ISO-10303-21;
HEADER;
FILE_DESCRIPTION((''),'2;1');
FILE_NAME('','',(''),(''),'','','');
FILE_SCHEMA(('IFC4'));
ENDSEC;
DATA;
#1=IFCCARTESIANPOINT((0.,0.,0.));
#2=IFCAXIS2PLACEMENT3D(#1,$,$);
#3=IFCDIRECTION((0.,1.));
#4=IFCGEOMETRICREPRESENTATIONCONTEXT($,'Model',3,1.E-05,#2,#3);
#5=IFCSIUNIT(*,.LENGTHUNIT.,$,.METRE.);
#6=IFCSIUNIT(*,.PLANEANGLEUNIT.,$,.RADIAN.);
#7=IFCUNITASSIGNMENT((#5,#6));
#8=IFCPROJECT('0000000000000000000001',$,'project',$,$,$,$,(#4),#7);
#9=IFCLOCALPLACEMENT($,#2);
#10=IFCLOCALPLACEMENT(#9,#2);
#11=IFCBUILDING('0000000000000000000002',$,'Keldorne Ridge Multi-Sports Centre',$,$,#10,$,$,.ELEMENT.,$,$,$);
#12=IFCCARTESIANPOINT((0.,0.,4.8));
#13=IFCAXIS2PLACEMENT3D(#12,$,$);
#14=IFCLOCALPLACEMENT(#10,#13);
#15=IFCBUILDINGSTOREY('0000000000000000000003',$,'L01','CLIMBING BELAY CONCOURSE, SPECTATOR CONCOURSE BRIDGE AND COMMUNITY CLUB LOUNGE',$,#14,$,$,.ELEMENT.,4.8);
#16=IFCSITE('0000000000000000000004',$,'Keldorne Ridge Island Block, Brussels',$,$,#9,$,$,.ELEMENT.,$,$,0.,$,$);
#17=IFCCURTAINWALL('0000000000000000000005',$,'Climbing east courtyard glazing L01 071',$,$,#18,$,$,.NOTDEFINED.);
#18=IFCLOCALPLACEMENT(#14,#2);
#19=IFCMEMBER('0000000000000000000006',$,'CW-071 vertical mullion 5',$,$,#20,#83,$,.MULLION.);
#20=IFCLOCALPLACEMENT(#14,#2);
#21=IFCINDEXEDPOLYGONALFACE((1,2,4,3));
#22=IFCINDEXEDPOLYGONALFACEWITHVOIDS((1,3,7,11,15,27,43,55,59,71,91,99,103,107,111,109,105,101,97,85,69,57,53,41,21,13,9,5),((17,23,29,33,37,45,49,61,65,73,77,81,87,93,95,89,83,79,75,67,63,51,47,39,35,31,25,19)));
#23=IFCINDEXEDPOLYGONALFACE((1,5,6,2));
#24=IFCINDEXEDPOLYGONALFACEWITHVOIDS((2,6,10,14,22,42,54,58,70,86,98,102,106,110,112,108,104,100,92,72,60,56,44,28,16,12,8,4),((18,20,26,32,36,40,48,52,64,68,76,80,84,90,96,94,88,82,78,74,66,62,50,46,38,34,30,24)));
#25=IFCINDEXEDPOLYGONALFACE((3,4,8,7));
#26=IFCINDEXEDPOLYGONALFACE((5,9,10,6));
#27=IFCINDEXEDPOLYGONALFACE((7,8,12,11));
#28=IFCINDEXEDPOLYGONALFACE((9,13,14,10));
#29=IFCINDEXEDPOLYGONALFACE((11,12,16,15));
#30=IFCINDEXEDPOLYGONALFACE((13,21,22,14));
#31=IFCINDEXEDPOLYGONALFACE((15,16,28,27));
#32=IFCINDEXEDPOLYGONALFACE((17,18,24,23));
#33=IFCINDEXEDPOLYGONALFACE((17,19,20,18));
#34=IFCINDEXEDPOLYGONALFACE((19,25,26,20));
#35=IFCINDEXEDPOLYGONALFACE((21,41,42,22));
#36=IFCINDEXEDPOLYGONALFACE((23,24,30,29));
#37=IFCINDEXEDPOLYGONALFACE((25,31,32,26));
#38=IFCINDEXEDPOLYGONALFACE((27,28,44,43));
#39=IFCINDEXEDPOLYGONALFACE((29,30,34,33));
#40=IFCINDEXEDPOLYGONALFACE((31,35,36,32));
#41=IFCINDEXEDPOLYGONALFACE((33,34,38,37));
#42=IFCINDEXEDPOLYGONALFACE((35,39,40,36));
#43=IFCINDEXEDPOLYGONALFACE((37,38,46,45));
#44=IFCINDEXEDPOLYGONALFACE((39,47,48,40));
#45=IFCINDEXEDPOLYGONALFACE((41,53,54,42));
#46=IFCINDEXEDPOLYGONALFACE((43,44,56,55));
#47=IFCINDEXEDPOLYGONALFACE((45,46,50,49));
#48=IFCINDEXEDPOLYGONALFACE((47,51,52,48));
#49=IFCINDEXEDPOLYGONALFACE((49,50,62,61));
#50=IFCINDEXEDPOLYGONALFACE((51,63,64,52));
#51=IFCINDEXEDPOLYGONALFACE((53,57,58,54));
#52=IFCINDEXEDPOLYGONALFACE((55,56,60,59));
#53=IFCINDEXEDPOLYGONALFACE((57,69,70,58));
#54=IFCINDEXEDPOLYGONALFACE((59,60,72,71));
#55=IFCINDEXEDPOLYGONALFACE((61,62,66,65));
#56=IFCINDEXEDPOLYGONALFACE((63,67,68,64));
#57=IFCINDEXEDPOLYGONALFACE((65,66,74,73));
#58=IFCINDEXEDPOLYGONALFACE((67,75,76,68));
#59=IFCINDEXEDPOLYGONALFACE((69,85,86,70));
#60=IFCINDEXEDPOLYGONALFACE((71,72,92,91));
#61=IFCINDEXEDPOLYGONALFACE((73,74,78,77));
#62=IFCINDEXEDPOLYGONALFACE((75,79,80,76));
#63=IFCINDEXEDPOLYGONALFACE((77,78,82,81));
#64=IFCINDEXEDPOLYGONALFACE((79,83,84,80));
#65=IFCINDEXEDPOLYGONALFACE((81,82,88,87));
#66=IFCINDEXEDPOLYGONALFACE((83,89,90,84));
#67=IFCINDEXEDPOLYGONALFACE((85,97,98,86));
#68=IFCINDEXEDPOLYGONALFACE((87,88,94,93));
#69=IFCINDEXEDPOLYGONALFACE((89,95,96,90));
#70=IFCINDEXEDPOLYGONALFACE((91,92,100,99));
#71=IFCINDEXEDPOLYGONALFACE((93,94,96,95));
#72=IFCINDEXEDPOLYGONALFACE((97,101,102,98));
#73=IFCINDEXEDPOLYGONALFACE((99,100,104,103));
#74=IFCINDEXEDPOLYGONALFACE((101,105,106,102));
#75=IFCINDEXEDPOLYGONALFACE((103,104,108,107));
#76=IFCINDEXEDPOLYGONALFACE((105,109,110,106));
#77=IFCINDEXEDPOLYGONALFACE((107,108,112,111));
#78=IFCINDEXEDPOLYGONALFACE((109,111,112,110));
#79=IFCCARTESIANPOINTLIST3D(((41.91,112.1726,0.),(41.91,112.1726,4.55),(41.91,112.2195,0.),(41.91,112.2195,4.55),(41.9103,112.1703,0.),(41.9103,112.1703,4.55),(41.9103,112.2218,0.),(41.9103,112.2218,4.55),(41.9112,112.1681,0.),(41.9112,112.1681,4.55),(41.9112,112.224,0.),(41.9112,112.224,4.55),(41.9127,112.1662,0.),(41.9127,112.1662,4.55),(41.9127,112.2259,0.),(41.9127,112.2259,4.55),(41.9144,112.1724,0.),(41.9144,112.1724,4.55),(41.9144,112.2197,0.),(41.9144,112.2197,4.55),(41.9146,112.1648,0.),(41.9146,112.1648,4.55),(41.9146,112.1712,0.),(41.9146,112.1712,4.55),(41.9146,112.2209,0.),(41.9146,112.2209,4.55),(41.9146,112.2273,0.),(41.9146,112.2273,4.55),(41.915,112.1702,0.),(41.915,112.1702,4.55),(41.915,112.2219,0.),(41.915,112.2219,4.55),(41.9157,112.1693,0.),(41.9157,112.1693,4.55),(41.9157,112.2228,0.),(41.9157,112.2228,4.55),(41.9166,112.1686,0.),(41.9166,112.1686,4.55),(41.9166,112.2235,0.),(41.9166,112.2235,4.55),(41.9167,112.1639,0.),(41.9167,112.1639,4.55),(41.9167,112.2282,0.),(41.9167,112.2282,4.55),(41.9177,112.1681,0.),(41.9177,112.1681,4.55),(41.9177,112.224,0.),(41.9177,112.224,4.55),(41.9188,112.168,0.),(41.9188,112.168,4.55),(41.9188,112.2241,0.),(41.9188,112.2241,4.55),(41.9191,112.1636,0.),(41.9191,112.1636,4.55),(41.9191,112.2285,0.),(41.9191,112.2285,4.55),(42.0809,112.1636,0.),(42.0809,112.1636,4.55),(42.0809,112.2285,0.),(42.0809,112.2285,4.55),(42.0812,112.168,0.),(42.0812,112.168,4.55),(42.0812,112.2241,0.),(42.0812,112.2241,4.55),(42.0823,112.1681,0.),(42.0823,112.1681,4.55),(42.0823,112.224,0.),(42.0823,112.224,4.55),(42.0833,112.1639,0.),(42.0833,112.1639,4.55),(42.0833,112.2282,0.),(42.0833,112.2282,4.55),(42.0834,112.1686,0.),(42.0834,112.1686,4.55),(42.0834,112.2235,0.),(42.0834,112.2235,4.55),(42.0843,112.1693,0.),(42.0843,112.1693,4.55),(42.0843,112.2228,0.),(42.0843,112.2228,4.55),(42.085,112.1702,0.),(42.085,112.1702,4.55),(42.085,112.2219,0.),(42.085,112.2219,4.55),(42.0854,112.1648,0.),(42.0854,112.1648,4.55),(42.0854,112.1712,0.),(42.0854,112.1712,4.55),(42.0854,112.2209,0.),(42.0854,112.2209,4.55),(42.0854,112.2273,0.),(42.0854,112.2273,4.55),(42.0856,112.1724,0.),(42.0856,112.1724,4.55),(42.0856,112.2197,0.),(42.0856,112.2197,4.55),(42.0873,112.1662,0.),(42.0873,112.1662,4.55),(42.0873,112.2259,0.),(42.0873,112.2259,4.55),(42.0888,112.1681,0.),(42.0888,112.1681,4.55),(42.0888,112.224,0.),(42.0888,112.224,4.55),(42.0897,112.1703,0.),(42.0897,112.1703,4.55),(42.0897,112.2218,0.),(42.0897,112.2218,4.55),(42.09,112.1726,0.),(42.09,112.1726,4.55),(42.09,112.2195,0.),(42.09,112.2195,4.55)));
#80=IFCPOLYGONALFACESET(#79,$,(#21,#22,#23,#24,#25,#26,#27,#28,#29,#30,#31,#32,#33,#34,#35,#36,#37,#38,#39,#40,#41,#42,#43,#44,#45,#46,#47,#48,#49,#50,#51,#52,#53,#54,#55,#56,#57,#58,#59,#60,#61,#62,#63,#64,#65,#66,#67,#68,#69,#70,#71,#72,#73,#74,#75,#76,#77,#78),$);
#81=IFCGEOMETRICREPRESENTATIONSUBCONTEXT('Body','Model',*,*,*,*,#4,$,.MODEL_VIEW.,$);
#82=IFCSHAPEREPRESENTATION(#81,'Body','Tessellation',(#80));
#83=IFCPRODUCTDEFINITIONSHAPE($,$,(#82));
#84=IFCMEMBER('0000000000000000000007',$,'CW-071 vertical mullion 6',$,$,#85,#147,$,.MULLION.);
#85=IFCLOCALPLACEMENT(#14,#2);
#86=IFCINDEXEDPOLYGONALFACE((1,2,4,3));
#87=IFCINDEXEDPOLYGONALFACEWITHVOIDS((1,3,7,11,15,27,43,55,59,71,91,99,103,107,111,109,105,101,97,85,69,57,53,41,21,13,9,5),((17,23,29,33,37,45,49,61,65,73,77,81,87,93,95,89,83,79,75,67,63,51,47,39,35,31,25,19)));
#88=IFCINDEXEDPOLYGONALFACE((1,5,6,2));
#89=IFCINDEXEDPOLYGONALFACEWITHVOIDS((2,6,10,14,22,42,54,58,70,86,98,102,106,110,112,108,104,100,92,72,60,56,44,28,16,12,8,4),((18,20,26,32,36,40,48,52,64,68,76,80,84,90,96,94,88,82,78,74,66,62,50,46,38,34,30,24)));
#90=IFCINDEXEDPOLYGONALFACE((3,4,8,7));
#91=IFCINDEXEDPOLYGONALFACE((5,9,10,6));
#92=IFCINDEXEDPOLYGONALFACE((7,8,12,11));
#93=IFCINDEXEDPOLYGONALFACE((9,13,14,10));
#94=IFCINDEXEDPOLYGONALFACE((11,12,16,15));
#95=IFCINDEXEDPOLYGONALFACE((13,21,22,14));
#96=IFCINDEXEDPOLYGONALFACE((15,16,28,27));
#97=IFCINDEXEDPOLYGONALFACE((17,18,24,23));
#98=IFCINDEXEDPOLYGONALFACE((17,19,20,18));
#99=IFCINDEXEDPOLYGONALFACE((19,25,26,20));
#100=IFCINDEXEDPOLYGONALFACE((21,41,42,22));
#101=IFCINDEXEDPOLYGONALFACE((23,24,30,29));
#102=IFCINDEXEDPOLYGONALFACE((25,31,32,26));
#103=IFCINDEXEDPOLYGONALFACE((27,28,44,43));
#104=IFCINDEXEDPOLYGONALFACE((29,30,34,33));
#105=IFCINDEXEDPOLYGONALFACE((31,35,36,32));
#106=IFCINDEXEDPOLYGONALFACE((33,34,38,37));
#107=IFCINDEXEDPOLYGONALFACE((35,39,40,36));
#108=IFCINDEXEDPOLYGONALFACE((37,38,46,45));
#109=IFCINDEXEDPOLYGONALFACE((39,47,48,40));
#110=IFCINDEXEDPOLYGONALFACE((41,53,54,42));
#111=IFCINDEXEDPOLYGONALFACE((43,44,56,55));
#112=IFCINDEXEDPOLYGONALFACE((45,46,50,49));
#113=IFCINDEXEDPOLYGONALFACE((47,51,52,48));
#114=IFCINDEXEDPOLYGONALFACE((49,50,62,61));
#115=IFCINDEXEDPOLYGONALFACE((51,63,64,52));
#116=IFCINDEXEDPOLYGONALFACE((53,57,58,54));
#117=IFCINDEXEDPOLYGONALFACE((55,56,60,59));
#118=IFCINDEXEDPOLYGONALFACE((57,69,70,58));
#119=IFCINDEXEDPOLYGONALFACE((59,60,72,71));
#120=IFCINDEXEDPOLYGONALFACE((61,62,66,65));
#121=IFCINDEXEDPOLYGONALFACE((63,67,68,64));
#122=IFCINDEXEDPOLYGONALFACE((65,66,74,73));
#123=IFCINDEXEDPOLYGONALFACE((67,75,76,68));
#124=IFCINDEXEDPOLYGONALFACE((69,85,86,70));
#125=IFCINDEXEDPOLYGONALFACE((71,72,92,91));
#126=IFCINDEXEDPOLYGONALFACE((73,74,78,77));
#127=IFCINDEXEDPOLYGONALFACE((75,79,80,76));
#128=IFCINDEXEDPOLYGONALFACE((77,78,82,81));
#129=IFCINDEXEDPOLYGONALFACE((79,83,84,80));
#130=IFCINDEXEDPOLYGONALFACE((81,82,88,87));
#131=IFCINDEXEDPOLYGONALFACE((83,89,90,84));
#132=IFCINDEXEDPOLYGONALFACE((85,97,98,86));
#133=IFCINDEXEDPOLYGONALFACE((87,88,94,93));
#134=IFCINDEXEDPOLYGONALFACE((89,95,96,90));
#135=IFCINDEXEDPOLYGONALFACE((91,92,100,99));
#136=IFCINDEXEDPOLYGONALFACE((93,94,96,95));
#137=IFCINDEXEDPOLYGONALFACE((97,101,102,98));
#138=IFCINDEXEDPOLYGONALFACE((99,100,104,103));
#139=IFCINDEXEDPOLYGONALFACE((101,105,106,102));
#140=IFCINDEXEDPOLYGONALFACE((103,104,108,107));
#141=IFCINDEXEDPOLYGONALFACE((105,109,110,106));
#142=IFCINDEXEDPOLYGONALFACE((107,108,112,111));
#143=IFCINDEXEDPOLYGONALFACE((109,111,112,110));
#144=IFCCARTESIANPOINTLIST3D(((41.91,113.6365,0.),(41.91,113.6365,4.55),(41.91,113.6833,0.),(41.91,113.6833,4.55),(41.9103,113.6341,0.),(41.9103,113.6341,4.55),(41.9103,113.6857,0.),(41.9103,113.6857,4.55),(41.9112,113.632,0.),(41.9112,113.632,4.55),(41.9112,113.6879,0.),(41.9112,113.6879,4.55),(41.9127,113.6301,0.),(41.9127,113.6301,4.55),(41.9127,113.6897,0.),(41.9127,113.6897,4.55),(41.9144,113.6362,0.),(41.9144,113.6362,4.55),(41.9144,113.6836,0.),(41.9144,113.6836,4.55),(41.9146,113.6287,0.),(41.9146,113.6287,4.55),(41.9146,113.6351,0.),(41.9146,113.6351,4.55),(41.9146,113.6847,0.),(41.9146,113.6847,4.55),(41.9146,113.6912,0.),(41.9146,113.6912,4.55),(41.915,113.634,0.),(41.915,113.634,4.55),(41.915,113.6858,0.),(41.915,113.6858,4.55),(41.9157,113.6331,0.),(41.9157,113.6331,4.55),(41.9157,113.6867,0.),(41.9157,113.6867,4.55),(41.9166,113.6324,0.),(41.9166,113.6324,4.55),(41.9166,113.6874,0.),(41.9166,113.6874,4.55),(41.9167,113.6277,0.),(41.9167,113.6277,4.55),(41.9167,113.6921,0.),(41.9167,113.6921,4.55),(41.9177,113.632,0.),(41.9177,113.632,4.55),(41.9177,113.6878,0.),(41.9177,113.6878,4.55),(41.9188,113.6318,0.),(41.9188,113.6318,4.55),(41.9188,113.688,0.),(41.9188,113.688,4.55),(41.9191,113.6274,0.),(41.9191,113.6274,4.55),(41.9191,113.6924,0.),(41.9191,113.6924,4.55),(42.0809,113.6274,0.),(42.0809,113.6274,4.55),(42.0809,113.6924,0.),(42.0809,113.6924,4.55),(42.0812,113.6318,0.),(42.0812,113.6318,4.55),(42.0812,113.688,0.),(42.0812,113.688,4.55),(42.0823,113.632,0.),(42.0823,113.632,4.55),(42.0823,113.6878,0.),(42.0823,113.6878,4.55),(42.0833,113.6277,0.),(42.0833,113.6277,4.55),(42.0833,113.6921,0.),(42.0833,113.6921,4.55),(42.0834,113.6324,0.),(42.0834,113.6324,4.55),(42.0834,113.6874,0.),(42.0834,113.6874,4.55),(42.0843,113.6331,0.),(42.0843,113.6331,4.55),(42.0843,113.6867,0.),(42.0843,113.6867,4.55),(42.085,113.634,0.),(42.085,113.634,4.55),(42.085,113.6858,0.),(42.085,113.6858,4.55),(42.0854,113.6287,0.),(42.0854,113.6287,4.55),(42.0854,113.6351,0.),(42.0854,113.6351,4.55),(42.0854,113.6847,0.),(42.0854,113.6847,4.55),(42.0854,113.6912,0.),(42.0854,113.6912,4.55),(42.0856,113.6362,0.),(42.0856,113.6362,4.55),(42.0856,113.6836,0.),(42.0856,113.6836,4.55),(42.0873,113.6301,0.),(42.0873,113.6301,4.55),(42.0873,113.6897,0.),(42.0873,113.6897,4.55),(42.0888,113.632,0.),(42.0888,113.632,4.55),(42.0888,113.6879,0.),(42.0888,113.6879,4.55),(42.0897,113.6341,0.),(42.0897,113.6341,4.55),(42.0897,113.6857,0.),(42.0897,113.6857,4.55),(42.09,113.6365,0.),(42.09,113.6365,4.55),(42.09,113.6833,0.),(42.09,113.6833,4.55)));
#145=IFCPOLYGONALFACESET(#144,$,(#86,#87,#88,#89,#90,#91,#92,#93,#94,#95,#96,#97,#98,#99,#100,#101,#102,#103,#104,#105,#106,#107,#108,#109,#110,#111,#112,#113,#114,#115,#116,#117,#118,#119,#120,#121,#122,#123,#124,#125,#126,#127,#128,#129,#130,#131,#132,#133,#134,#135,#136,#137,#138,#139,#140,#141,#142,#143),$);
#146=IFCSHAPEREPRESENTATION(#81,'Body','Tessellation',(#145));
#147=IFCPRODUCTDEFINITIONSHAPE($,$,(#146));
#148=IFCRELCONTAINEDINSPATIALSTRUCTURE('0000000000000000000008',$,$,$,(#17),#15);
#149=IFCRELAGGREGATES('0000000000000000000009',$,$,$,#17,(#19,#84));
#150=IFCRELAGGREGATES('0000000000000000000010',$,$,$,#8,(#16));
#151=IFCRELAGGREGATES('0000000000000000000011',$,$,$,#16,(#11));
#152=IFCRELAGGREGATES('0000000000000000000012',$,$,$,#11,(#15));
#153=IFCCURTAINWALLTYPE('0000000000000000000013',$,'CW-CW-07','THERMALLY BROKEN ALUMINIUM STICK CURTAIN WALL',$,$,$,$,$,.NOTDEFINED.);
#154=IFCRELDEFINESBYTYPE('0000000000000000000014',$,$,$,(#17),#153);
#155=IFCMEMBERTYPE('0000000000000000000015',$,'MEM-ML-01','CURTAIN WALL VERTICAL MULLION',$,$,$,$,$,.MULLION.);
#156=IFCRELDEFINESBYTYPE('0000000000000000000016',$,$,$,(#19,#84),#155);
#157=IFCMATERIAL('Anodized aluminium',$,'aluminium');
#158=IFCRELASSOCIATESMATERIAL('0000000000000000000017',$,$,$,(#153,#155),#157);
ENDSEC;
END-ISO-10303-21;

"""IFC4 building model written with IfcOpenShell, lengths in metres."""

from ifc_helpers import new_model, si_unit, direction, frame, origin, origin_2d, place, context, subcontext, project, spatial, hollow_rectangle, extrude, material, material_profile, profile_set, type_object, element, aggregate, save


model = new_model("IFC4")

# Units and contexts
model_context = context("Model", 3, precision=1e-05, world=origin(), true_north=direction((0.0, 1.0)))
body_context = subcontext(model_context, "Body", "Model", "MODEL_VIEW")
ifc_project = project(units=[si_unit("LENGTHUNIT", "METRE"), si_unit("PLANEANGLEUNIT", "RADIAN")], contexts=[model_context])

# Site, building, storey
site_placement = place(None, origin())
site = spatial("IfcSite", under=ifc_project, at=site_placement, Name="Keldorne Ridge Island Block, Brussels", CompositionType="ELEMENT", RefElevation=0.0)
building_placement = place(site_placement, origin())
building = spatial("IfcBuilding", under=site, at=building_placement, Name="Keldorne Ridge Multi-Sports Centre", CompositionType="ELEMENT")
storey_placement = place(building_placement, frame((0.0, 0.0, 4.8)))
storey = spatial("IfcBuildingStorey", under=building, at=storey_placement, Name="L01", Description="CLIMBING BELAY CONCOURSE, SPECTATOR CONCOURSE BRIDGE AND COMMUNITY CLUB LOUNGE", CompositionType="ELEMENT", Elevation=4.8)

# Curtain wall, members
ifc_material_1 = material(Name="Anodized aluminium", Category="aluminium")
curtain_wall_type_1 = type_object("IfcCurtainWallType", Name="CW-CW-07", Description="THERMALLY BROKEN ALUMINIUM STICK CURTAIN WALL", PredefinedType="NOTDEFINED", material=ifc_material_1)
curtain_wall_1_placement = place(storey_placement, origin())
curtain_wall_1 = element("IfcCurtainWall", 1, at=curtain_wall_1_placement, inside=storey, type_object=curtain_wall_type_1, Name="Climbing east courtyard glazing L01 071", PredefinedType="NOTDEFINED")
ifc_material_profile_1 = material_profile(ifc_material_1, hollow_rectangle(XDim=0.0649, YDim=0.1799, WallThickness=0.0044, InnerFilletRadius=0.0044, OuterFilletRadius=0.009, at=origin_2d()), Name="ALU MULLION 180x65x4.5")
ifc_profile_set_1 = profile_set([ifc_material_profile_1], Name="Anodized aluminium")
member_type_1 = type_object("IfcMemberType", Name="MEM-ML-01", Description="CURTAIN WALL VERTICAL MULLION", PredefinedType="MULLION", material=ifc_profile_set_1)
member_1_placement = place(storey_placement, frame((42.0, 112.196, 0.0), z_axis=(0.0, 0.0, 1.0), x_axis=(0.0, 1.0, 0.0)))
member_1 = element("IfcMember", 2, at=member_1_placement, type_object=member_type_1, Name="CW-071 vertical mullion 5", PredefinedType="MULLION", context=body_context, shape_type="SweptSolid", body=[
    extrude(hollow_rectangle(XDim=0.0649, YDim=0.1799, WallThickness=0.0044, InnerFilletRadius=0.0044, OuterFilletRadius=0.009, at=origin_2d()), origin(), (0.0, 0.0, 1.0), 4.55),
])
member_2_placement = place(storey_placement, frame((42.0, 113.6599, 0.0), z_axis=(0.0, 0.0, 1.0), x_axis=(0.0, 1.0, 0.0)))
member_2 = element("IfcMember", 3, at=member_2_placement, type_object=member_type_1, Name="CW-071 vertical mullion 6", PredefinedType="MULLION", context=body_context, shape_type="SweptSolid", body=[
    extrude(hollow_rectangle(XDim=0.0649, YDim=0.1799, WallThickness=0.0044, InnerFilletRadius=0.0044, OuterFilletRadius=0.009, at=origin_2d()), origin(), (0.0, 0.0, 1.0), 4.55),
])

aggregate(curtain_wall_1, [member_1, member_2])

save(model, "model.ifc")
